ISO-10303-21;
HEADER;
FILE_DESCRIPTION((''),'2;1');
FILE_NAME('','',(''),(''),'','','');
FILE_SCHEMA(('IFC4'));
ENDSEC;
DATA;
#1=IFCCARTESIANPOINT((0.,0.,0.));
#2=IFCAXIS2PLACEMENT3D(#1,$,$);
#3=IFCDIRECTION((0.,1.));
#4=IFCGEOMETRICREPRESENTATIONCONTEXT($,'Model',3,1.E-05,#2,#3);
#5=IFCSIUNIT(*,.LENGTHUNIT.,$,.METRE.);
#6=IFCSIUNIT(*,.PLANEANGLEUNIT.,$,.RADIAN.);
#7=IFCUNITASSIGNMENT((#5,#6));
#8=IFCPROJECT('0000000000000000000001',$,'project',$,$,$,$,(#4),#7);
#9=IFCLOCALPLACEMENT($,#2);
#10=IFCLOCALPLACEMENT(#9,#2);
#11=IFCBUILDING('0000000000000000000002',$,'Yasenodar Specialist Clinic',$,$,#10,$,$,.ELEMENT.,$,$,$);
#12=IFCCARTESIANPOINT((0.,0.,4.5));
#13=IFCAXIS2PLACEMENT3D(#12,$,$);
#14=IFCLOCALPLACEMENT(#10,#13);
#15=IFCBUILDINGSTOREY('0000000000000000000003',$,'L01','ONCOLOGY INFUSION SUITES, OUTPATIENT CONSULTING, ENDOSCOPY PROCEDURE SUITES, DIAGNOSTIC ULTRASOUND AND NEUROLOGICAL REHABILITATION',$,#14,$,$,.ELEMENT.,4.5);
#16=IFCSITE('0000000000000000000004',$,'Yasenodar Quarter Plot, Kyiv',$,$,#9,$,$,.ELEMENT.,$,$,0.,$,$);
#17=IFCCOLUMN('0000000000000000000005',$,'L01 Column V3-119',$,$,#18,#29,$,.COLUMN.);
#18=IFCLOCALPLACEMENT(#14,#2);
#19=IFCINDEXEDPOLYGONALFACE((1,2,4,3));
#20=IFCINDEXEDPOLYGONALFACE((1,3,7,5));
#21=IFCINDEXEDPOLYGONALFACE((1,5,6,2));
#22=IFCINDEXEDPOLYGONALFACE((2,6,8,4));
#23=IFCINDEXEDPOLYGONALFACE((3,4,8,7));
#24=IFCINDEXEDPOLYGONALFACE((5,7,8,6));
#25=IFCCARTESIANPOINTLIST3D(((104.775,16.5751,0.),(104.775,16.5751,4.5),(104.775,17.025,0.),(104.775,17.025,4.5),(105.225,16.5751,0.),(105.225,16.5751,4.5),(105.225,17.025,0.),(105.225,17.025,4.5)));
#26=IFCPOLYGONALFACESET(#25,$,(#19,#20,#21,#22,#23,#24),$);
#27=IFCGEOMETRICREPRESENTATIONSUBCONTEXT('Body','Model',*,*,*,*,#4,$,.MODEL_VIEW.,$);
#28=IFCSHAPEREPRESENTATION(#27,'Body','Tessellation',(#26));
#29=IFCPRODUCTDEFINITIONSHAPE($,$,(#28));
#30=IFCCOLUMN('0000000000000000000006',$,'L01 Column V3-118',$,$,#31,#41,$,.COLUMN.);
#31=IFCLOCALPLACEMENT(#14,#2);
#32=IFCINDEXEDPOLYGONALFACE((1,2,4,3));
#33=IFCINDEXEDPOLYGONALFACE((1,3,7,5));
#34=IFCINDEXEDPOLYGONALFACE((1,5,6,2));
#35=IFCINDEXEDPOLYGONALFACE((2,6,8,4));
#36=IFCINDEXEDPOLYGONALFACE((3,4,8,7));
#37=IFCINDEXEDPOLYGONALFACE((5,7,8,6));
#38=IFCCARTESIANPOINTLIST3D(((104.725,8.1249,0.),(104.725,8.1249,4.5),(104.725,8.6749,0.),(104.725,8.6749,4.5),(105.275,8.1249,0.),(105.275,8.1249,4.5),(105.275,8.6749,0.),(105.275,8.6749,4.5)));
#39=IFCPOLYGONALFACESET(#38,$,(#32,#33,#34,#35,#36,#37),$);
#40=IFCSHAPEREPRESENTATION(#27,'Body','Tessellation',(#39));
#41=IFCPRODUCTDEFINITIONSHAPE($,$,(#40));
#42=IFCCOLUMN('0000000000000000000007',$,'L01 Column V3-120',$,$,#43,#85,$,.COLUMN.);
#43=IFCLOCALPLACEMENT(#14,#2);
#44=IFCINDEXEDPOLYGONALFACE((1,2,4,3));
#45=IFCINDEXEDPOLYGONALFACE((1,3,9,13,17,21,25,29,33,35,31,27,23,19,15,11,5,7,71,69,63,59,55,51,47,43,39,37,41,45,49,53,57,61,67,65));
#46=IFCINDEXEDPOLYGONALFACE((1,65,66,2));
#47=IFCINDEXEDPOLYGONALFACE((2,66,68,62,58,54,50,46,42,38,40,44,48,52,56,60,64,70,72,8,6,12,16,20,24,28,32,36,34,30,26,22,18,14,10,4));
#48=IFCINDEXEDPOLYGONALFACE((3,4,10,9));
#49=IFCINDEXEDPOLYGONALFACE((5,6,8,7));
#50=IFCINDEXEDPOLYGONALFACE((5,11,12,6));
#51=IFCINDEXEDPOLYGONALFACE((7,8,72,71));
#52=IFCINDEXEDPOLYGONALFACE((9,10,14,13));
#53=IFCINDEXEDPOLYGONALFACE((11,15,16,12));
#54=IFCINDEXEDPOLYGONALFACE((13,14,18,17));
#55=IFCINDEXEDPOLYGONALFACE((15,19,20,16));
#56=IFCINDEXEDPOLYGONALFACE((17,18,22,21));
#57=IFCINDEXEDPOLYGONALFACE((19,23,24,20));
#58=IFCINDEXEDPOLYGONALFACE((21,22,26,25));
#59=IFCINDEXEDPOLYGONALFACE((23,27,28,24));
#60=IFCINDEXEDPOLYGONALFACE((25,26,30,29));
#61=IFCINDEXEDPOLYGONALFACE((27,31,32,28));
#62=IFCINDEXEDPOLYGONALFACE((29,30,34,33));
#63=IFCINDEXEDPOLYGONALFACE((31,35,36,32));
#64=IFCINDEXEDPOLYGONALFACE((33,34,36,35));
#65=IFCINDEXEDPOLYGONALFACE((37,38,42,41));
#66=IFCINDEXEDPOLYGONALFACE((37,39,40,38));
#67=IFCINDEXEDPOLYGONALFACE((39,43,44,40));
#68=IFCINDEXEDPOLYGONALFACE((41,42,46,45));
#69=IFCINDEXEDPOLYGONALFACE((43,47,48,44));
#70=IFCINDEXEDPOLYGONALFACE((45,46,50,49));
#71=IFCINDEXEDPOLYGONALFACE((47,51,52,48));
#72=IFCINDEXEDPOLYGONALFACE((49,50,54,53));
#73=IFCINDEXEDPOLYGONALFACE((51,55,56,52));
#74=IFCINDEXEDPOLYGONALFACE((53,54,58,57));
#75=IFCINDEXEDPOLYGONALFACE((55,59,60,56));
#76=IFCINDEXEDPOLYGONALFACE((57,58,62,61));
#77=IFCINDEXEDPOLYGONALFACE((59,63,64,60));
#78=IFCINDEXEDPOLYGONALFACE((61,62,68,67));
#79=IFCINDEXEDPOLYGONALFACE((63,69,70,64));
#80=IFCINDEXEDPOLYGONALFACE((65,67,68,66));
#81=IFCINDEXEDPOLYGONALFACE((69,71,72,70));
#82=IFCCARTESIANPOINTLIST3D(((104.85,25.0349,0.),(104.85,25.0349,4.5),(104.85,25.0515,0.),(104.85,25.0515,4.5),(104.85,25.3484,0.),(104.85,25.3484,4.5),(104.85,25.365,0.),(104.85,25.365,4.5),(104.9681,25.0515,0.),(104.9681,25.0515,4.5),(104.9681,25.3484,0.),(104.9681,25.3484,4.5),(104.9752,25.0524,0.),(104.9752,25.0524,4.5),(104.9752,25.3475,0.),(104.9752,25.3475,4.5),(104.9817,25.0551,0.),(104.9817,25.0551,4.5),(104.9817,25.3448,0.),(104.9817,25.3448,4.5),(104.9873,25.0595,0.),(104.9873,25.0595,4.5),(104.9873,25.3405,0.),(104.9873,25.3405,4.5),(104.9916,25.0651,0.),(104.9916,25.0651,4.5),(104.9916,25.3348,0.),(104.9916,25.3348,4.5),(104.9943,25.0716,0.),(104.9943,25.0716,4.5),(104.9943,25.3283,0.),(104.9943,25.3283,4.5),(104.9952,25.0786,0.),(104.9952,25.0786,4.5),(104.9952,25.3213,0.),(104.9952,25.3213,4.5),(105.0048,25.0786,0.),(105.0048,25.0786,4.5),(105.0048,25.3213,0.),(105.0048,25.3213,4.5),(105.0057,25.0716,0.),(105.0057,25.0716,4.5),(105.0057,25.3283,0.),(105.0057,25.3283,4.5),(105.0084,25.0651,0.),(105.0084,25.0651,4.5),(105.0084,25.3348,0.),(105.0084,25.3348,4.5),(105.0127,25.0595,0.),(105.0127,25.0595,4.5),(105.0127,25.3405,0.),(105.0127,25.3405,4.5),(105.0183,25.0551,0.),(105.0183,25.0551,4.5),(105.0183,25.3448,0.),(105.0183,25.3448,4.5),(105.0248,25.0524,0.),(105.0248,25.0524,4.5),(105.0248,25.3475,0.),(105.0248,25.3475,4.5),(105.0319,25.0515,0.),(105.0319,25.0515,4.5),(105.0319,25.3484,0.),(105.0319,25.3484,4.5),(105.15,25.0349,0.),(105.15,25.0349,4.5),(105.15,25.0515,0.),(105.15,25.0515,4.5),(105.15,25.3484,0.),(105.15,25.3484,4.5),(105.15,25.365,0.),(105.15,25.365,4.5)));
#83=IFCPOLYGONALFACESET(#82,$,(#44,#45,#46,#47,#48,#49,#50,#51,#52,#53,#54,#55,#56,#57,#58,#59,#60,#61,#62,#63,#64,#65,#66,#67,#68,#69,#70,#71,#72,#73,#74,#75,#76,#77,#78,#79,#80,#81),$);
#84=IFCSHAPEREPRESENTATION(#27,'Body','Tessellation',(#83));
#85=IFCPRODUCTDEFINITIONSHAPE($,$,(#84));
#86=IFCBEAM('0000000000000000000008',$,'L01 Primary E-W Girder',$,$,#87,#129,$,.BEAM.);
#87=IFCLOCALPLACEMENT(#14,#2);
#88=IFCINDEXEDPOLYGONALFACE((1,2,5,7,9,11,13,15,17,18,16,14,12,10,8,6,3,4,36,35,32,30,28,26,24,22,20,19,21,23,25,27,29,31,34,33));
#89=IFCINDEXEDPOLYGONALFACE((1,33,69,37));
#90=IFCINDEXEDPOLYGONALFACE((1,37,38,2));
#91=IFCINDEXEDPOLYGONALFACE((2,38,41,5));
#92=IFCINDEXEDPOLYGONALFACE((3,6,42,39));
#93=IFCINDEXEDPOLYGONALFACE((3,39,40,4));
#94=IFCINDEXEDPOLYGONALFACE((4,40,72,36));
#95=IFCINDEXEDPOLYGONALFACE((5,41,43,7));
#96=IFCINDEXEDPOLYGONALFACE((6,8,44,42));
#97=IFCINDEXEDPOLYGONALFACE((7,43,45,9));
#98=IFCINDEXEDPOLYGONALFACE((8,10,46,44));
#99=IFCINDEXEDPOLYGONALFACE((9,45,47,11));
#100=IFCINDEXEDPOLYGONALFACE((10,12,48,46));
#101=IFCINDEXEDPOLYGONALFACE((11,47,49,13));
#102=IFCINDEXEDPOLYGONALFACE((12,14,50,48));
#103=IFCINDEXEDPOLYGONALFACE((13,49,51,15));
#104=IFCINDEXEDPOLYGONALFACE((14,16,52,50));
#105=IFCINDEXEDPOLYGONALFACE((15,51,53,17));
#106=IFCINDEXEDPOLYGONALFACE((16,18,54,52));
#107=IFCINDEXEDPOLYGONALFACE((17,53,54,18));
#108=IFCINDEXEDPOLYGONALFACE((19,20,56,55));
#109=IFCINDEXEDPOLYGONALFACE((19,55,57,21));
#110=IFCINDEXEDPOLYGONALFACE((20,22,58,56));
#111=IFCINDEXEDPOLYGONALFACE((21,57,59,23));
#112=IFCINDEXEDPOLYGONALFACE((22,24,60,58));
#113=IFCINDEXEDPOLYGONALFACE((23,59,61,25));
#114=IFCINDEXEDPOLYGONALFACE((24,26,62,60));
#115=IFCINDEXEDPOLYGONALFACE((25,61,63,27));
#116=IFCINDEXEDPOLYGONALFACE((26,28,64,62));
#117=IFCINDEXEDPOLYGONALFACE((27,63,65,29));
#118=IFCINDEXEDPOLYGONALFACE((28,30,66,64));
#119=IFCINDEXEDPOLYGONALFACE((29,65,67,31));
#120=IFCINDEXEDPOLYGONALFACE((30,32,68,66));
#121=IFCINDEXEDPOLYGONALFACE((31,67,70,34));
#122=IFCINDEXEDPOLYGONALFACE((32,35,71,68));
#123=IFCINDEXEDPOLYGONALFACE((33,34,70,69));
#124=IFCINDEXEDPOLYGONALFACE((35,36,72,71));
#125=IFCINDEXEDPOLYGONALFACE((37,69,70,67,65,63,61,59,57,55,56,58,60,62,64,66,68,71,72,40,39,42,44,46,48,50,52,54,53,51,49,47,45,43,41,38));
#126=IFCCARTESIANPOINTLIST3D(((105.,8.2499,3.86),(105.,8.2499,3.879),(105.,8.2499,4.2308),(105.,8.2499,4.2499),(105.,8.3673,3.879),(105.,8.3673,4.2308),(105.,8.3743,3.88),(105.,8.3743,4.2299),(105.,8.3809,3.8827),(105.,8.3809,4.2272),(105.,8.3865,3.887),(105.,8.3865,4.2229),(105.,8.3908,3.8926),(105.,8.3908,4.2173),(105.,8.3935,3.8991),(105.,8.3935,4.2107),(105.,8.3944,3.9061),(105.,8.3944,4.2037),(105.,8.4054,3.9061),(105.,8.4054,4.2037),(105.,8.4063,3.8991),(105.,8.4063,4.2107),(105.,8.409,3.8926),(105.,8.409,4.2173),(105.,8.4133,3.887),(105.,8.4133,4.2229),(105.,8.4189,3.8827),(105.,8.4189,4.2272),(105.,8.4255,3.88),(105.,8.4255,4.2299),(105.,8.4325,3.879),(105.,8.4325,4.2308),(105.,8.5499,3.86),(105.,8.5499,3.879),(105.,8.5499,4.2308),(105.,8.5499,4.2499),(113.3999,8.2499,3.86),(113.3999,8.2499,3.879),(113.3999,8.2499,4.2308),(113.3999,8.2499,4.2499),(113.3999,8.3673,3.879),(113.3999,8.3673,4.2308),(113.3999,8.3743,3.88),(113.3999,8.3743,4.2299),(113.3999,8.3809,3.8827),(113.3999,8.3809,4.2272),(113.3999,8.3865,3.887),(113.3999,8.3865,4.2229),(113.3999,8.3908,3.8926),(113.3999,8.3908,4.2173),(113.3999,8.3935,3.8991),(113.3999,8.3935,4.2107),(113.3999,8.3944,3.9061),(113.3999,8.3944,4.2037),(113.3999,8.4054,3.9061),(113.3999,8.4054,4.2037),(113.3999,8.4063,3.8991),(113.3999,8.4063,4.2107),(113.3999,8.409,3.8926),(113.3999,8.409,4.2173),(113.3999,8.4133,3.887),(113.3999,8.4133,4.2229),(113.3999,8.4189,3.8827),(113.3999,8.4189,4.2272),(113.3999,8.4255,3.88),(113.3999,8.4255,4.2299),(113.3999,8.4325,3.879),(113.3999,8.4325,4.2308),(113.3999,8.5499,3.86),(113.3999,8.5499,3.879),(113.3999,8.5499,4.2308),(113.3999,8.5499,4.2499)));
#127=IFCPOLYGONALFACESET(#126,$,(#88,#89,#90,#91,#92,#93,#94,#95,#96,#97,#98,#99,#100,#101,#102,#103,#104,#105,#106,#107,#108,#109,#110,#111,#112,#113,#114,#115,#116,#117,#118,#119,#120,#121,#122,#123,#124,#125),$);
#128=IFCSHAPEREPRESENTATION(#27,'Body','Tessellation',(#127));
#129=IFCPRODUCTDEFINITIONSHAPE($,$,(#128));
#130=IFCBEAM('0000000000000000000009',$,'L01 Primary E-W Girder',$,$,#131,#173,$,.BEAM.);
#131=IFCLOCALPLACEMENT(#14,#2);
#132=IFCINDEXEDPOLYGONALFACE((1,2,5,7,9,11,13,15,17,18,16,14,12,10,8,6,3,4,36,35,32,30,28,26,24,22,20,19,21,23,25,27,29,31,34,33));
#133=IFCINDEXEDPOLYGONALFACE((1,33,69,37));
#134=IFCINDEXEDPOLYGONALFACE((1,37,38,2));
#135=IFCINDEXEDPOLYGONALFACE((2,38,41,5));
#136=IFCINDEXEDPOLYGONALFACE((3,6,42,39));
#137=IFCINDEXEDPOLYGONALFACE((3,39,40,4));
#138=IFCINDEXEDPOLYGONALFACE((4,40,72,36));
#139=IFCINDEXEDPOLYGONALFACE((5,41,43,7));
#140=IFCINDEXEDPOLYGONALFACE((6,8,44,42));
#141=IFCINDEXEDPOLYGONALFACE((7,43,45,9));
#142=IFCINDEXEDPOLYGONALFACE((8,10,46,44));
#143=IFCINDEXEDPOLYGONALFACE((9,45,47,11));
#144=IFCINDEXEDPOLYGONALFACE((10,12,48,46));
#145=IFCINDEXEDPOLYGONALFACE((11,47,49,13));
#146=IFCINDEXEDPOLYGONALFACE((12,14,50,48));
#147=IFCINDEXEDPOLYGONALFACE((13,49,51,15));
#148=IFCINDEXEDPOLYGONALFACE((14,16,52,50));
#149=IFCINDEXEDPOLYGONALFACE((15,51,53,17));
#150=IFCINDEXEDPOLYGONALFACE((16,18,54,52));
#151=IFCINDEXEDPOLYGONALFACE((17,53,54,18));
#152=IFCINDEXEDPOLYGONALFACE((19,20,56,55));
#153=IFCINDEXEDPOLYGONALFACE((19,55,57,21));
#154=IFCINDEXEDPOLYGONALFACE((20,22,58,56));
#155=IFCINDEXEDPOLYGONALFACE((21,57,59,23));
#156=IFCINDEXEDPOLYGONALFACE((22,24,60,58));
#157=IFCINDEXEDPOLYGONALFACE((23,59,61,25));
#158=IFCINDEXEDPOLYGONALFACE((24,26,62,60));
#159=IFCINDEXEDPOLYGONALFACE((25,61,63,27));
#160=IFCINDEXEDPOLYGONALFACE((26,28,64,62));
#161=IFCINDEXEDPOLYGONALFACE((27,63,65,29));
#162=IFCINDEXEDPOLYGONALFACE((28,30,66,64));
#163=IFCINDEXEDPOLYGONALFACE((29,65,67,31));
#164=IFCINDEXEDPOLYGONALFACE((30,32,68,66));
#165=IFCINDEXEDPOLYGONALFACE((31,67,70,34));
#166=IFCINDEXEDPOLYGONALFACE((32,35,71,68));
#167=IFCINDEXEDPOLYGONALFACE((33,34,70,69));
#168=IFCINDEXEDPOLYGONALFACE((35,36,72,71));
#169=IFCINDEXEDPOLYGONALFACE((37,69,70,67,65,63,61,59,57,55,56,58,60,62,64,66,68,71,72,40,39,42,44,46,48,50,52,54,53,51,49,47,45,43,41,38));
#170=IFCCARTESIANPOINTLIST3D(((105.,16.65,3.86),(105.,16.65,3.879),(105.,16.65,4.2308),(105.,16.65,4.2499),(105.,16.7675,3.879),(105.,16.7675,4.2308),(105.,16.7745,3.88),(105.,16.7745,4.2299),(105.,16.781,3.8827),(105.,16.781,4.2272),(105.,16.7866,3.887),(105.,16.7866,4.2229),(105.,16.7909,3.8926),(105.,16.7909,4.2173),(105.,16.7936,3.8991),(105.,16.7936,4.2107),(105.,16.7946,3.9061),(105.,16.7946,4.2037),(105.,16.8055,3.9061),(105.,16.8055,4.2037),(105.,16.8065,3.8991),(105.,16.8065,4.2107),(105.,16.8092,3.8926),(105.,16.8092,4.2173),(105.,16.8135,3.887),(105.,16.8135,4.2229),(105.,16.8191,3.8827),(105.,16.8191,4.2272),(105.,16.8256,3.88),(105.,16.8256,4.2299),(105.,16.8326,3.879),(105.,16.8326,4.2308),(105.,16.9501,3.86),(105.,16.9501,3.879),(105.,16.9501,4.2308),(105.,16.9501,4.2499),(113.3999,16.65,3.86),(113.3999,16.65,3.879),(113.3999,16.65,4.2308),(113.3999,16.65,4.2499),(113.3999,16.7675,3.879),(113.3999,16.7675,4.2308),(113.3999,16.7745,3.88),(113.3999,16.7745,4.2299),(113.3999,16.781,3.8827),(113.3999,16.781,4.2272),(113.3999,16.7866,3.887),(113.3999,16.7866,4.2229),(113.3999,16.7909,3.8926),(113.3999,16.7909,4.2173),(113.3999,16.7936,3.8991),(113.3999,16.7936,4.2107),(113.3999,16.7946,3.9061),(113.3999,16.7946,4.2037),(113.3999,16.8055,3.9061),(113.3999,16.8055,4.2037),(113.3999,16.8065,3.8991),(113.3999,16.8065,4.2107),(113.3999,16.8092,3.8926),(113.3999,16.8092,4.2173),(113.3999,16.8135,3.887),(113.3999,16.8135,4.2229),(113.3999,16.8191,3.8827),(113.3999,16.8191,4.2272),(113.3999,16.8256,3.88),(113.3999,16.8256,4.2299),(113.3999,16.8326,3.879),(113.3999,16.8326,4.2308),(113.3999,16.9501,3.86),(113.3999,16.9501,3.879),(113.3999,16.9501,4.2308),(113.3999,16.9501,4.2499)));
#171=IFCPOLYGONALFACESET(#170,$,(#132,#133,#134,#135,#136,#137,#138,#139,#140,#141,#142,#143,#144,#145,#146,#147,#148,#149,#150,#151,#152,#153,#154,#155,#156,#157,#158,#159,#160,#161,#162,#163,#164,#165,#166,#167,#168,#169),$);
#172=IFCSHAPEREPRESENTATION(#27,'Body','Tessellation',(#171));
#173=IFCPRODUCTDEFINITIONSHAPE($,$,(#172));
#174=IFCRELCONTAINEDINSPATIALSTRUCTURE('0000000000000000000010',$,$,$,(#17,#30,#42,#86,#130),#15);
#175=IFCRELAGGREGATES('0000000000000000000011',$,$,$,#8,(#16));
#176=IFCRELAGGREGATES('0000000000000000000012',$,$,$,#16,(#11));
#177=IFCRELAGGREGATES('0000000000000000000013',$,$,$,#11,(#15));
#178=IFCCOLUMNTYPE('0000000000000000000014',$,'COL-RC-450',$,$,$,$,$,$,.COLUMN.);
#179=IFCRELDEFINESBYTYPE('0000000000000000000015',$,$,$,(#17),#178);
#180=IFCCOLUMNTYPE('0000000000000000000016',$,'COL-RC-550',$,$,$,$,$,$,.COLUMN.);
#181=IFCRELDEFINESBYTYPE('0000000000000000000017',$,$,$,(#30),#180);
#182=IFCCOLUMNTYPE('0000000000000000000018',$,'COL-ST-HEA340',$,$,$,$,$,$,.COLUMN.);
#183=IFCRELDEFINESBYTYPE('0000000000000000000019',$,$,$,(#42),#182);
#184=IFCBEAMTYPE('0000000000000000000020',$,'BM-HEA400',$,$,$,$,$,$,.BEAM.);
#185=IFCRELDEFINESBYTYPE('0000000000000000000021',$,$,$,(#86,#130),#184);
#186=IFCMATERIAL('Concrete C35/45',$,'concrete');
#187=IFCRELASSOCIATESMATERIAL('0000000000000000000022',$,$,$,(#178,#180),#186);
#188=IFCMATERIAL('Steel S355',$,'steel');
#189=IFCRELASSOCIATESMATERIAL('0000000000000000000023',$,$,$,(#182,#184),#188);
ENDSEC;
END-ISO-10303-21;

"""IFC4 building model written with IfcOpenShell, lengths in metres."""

from ifc_helpers import new_model, si_unit, direction, frame, origin, origin_2d, place, context, subcontext, project, spatial, rectangle, i_section, extrude, material, material_profile, profile_set, type_object, element, save


model = new_model("IFC4")

# Units and contexts
model_context = context("Model", 3, precision=1e-05, world=origin(), true_north=direction((0.0, 1.0)))
body_context = subcontext(model_context, "Body", "Model", "MODEL_VIEW")
ifc_project = project(units=[si_unit("LENGTHUNIT", "METRE"), si_unit("PLANEANGLEUNIT", "RADIAN")], contexts=[model_context])

# Site, building, storey
site_placement = place(None, origin())
site = spatial("IfcSite", under=ifc_project, at=site_placement, Name="Yasenodar Quarter Plot, Kyiv", CompositionType="ELEMENT", RefElevation=0.0)
building_placement = place(site_placement, origin())
building = spatial("IfcBuilding", under=site, at=building_placement, Name="Yasenodar Specialist Clinic", CompositionType="ELEMENT")
storey_placement = place(building_placement, frame((0.0, 0.0, 4.5)))
storey = spatial("IfcBuildingStorey", under=building, at=storey_placement, Name="L01", Description="ONCOLOGY INFUSION SUITES, OUTPATIENT CONSULTING, ENDOSCOPY PROCEDURE SUITES, DIAGNOSTIC ULTRASOUND AND NEUROLOGICAL REHABILITATION", CompositionType="ELEMENT", Elevation=4.5)

# Columns
ifc_material_1 = material(Name="Concrete C35/45", Category="concrete")
ifc_material_profile_1 = material_profile(ifc_material_1, rectangle(XDim=0.45, YDim=0.45, at=origin_2d()), Name="RC 450x450")
ifc_profile_set_1 = profile_set([ifc_material_profile_1], Name="Concrete C35/45")
column_type_1 = type_object("IfcColumnType", Name="COL-RC-450", PredefinedType="COLUMN", material=ifc_profile_set_1)
column_1_placement = place(storey_placement, frame((105.0, 16.8, 0.0), z_axis=(0.0, 0.0, 1.0), x_axis=(1.0, 0.0, 0.0)))
element("IfcColumn", 1, at=column_1_placement, inside=storey, type_object=column_type_1, Name="L01 Column V3-119", PredefinedType="COLUMN", context=body_context, shape_type="SweptSolid", body=[
    extrude(rectangle(XDim=0.45, YDim=0.45, at=origin_2d()), origin(), (0.0, 0.0, 1.0), 4.5),
])
ifc_material_profile_2 = material_profile(ifc_material_1, rectangle(XDim=0.55, YDim=0.55, at=origin_2d()), Name="RC 550x550")
ifc_profile_set_2 = profile_set([ifc_material_profile_2], Name="Concrete C35/45")
column_type_2 = type_object("IfcColumnType", Name="COL-RC-550", PredefinedType="COLUMN", material=ifc_profile_set_2)
column_2_placement = place(storey_placement, frame((105.0, 8.3999, 0.0), z_axis=(0.0, 0.0, 1.0), x_axis=(1.0, 0.0, 0.0)))
element("IfcColumn", 2, at=column_2_placement, inside=storey, type_object=column_type_2, Name="L01 Column V3-118", PredefinedType="COLUMN", context=body_context, shape_type="SweptSolid", body=[
    extrude(rectangle(XDim=0.55, YDim=0.55, at=origin_2d()), origin(), (0.0, 0.0, 1.0), 4.5),
])
ifc_material_2 = material(Name="Steel S355", Category="steel")
ifc_material_profile_3 = material_profile(ifc_material_2, i_section(OverallWidth=0.3, OverallDepth=0.3301, WebThickness=0.0095, FlangeThickness=0.0166, FilletRadius=0.0271, at=origin_2d()), Name="HEA 340")
ifc_profile_set_3 = profile_set([ifc_material_profile_3], Name="Steel S355")
column_type_3 = type_object("IfcColumnType", Name="COL-ST-HEA340", PredefinedType="COLUMN", material=ifc_profile_set_3)
column_3_placement = place(storey_placement, frame((105.0, 25.2, 0.0), z_axis=(0.0, 0.0, 1.0), x_axis=(1.0, 0.0, 0.0)))
element("IfcColumn", 3, at=column_3_placement, inside=storey, type_object=column_type_3, Name="L01 Column V3-120", PredefinedType="COLUMN", context=body_context, shape_type="SweptSolid", body=[
    extrude(i_section(OverallWidth=0.3, OverallDepth=0.3301, WebThickness=0.0095, FlangeThickness=0.0166, FilletRadius=0.0271, at=origin_2d()), origin(), (0.0, 0.0, 1.0), 4.5),
])

# Beams
ifc_material_profile_4 = material_profile(ifc_material_2, i_section(OverallWidth=0.3, OverallDepth=0.3899, WebThickness=0.011, FlangeThickness=0.019, FilletRadius=0.0271, at=origin_2d()), Name="HEA 400")
ifc_profile_set_4 = profile_set([ifc_material_profile_4], Name="Steel S355")
beam_type_1 = type_object("IfcBeamType", Name="BM-HEA400", PredefinedType="BEAM", material=ifc_profile_set_4)
for number, where, z_axis, x_axis, name in (
    (4, (105.0, 8.3999, 4.0549), (1.0, 0.0, 0.0), (0.0, 1.0, 0.0), "L01 Primary E-W Girder"),
    (5, (105.0, 16.8, 4.0549), (1.0, 0.0, 0.0), (0.0, 1.0, 0.0), "L01 Primary E-W Girder"),
):
    element("IfcBeam", number, at=place(storey_placement, frame(where, z_axis=z_axis, x_axis=x_axis)), inside=storey, type_object=beam_type_1, Name=name, PredefinedType="BEAM", context=body_context, shape_type="SweptSolid", body=[
        extrude(i_section(OverallWidth=0.3, OverallDepth=0.3899, WebThickness=0.011, FlangeThickness=0.019, FilletRadius=0.0271, at=origin_2d()), origin(), (0.0, 0.0, 1.0), 8.3999),
    ])

save(model, "model.ifc")
